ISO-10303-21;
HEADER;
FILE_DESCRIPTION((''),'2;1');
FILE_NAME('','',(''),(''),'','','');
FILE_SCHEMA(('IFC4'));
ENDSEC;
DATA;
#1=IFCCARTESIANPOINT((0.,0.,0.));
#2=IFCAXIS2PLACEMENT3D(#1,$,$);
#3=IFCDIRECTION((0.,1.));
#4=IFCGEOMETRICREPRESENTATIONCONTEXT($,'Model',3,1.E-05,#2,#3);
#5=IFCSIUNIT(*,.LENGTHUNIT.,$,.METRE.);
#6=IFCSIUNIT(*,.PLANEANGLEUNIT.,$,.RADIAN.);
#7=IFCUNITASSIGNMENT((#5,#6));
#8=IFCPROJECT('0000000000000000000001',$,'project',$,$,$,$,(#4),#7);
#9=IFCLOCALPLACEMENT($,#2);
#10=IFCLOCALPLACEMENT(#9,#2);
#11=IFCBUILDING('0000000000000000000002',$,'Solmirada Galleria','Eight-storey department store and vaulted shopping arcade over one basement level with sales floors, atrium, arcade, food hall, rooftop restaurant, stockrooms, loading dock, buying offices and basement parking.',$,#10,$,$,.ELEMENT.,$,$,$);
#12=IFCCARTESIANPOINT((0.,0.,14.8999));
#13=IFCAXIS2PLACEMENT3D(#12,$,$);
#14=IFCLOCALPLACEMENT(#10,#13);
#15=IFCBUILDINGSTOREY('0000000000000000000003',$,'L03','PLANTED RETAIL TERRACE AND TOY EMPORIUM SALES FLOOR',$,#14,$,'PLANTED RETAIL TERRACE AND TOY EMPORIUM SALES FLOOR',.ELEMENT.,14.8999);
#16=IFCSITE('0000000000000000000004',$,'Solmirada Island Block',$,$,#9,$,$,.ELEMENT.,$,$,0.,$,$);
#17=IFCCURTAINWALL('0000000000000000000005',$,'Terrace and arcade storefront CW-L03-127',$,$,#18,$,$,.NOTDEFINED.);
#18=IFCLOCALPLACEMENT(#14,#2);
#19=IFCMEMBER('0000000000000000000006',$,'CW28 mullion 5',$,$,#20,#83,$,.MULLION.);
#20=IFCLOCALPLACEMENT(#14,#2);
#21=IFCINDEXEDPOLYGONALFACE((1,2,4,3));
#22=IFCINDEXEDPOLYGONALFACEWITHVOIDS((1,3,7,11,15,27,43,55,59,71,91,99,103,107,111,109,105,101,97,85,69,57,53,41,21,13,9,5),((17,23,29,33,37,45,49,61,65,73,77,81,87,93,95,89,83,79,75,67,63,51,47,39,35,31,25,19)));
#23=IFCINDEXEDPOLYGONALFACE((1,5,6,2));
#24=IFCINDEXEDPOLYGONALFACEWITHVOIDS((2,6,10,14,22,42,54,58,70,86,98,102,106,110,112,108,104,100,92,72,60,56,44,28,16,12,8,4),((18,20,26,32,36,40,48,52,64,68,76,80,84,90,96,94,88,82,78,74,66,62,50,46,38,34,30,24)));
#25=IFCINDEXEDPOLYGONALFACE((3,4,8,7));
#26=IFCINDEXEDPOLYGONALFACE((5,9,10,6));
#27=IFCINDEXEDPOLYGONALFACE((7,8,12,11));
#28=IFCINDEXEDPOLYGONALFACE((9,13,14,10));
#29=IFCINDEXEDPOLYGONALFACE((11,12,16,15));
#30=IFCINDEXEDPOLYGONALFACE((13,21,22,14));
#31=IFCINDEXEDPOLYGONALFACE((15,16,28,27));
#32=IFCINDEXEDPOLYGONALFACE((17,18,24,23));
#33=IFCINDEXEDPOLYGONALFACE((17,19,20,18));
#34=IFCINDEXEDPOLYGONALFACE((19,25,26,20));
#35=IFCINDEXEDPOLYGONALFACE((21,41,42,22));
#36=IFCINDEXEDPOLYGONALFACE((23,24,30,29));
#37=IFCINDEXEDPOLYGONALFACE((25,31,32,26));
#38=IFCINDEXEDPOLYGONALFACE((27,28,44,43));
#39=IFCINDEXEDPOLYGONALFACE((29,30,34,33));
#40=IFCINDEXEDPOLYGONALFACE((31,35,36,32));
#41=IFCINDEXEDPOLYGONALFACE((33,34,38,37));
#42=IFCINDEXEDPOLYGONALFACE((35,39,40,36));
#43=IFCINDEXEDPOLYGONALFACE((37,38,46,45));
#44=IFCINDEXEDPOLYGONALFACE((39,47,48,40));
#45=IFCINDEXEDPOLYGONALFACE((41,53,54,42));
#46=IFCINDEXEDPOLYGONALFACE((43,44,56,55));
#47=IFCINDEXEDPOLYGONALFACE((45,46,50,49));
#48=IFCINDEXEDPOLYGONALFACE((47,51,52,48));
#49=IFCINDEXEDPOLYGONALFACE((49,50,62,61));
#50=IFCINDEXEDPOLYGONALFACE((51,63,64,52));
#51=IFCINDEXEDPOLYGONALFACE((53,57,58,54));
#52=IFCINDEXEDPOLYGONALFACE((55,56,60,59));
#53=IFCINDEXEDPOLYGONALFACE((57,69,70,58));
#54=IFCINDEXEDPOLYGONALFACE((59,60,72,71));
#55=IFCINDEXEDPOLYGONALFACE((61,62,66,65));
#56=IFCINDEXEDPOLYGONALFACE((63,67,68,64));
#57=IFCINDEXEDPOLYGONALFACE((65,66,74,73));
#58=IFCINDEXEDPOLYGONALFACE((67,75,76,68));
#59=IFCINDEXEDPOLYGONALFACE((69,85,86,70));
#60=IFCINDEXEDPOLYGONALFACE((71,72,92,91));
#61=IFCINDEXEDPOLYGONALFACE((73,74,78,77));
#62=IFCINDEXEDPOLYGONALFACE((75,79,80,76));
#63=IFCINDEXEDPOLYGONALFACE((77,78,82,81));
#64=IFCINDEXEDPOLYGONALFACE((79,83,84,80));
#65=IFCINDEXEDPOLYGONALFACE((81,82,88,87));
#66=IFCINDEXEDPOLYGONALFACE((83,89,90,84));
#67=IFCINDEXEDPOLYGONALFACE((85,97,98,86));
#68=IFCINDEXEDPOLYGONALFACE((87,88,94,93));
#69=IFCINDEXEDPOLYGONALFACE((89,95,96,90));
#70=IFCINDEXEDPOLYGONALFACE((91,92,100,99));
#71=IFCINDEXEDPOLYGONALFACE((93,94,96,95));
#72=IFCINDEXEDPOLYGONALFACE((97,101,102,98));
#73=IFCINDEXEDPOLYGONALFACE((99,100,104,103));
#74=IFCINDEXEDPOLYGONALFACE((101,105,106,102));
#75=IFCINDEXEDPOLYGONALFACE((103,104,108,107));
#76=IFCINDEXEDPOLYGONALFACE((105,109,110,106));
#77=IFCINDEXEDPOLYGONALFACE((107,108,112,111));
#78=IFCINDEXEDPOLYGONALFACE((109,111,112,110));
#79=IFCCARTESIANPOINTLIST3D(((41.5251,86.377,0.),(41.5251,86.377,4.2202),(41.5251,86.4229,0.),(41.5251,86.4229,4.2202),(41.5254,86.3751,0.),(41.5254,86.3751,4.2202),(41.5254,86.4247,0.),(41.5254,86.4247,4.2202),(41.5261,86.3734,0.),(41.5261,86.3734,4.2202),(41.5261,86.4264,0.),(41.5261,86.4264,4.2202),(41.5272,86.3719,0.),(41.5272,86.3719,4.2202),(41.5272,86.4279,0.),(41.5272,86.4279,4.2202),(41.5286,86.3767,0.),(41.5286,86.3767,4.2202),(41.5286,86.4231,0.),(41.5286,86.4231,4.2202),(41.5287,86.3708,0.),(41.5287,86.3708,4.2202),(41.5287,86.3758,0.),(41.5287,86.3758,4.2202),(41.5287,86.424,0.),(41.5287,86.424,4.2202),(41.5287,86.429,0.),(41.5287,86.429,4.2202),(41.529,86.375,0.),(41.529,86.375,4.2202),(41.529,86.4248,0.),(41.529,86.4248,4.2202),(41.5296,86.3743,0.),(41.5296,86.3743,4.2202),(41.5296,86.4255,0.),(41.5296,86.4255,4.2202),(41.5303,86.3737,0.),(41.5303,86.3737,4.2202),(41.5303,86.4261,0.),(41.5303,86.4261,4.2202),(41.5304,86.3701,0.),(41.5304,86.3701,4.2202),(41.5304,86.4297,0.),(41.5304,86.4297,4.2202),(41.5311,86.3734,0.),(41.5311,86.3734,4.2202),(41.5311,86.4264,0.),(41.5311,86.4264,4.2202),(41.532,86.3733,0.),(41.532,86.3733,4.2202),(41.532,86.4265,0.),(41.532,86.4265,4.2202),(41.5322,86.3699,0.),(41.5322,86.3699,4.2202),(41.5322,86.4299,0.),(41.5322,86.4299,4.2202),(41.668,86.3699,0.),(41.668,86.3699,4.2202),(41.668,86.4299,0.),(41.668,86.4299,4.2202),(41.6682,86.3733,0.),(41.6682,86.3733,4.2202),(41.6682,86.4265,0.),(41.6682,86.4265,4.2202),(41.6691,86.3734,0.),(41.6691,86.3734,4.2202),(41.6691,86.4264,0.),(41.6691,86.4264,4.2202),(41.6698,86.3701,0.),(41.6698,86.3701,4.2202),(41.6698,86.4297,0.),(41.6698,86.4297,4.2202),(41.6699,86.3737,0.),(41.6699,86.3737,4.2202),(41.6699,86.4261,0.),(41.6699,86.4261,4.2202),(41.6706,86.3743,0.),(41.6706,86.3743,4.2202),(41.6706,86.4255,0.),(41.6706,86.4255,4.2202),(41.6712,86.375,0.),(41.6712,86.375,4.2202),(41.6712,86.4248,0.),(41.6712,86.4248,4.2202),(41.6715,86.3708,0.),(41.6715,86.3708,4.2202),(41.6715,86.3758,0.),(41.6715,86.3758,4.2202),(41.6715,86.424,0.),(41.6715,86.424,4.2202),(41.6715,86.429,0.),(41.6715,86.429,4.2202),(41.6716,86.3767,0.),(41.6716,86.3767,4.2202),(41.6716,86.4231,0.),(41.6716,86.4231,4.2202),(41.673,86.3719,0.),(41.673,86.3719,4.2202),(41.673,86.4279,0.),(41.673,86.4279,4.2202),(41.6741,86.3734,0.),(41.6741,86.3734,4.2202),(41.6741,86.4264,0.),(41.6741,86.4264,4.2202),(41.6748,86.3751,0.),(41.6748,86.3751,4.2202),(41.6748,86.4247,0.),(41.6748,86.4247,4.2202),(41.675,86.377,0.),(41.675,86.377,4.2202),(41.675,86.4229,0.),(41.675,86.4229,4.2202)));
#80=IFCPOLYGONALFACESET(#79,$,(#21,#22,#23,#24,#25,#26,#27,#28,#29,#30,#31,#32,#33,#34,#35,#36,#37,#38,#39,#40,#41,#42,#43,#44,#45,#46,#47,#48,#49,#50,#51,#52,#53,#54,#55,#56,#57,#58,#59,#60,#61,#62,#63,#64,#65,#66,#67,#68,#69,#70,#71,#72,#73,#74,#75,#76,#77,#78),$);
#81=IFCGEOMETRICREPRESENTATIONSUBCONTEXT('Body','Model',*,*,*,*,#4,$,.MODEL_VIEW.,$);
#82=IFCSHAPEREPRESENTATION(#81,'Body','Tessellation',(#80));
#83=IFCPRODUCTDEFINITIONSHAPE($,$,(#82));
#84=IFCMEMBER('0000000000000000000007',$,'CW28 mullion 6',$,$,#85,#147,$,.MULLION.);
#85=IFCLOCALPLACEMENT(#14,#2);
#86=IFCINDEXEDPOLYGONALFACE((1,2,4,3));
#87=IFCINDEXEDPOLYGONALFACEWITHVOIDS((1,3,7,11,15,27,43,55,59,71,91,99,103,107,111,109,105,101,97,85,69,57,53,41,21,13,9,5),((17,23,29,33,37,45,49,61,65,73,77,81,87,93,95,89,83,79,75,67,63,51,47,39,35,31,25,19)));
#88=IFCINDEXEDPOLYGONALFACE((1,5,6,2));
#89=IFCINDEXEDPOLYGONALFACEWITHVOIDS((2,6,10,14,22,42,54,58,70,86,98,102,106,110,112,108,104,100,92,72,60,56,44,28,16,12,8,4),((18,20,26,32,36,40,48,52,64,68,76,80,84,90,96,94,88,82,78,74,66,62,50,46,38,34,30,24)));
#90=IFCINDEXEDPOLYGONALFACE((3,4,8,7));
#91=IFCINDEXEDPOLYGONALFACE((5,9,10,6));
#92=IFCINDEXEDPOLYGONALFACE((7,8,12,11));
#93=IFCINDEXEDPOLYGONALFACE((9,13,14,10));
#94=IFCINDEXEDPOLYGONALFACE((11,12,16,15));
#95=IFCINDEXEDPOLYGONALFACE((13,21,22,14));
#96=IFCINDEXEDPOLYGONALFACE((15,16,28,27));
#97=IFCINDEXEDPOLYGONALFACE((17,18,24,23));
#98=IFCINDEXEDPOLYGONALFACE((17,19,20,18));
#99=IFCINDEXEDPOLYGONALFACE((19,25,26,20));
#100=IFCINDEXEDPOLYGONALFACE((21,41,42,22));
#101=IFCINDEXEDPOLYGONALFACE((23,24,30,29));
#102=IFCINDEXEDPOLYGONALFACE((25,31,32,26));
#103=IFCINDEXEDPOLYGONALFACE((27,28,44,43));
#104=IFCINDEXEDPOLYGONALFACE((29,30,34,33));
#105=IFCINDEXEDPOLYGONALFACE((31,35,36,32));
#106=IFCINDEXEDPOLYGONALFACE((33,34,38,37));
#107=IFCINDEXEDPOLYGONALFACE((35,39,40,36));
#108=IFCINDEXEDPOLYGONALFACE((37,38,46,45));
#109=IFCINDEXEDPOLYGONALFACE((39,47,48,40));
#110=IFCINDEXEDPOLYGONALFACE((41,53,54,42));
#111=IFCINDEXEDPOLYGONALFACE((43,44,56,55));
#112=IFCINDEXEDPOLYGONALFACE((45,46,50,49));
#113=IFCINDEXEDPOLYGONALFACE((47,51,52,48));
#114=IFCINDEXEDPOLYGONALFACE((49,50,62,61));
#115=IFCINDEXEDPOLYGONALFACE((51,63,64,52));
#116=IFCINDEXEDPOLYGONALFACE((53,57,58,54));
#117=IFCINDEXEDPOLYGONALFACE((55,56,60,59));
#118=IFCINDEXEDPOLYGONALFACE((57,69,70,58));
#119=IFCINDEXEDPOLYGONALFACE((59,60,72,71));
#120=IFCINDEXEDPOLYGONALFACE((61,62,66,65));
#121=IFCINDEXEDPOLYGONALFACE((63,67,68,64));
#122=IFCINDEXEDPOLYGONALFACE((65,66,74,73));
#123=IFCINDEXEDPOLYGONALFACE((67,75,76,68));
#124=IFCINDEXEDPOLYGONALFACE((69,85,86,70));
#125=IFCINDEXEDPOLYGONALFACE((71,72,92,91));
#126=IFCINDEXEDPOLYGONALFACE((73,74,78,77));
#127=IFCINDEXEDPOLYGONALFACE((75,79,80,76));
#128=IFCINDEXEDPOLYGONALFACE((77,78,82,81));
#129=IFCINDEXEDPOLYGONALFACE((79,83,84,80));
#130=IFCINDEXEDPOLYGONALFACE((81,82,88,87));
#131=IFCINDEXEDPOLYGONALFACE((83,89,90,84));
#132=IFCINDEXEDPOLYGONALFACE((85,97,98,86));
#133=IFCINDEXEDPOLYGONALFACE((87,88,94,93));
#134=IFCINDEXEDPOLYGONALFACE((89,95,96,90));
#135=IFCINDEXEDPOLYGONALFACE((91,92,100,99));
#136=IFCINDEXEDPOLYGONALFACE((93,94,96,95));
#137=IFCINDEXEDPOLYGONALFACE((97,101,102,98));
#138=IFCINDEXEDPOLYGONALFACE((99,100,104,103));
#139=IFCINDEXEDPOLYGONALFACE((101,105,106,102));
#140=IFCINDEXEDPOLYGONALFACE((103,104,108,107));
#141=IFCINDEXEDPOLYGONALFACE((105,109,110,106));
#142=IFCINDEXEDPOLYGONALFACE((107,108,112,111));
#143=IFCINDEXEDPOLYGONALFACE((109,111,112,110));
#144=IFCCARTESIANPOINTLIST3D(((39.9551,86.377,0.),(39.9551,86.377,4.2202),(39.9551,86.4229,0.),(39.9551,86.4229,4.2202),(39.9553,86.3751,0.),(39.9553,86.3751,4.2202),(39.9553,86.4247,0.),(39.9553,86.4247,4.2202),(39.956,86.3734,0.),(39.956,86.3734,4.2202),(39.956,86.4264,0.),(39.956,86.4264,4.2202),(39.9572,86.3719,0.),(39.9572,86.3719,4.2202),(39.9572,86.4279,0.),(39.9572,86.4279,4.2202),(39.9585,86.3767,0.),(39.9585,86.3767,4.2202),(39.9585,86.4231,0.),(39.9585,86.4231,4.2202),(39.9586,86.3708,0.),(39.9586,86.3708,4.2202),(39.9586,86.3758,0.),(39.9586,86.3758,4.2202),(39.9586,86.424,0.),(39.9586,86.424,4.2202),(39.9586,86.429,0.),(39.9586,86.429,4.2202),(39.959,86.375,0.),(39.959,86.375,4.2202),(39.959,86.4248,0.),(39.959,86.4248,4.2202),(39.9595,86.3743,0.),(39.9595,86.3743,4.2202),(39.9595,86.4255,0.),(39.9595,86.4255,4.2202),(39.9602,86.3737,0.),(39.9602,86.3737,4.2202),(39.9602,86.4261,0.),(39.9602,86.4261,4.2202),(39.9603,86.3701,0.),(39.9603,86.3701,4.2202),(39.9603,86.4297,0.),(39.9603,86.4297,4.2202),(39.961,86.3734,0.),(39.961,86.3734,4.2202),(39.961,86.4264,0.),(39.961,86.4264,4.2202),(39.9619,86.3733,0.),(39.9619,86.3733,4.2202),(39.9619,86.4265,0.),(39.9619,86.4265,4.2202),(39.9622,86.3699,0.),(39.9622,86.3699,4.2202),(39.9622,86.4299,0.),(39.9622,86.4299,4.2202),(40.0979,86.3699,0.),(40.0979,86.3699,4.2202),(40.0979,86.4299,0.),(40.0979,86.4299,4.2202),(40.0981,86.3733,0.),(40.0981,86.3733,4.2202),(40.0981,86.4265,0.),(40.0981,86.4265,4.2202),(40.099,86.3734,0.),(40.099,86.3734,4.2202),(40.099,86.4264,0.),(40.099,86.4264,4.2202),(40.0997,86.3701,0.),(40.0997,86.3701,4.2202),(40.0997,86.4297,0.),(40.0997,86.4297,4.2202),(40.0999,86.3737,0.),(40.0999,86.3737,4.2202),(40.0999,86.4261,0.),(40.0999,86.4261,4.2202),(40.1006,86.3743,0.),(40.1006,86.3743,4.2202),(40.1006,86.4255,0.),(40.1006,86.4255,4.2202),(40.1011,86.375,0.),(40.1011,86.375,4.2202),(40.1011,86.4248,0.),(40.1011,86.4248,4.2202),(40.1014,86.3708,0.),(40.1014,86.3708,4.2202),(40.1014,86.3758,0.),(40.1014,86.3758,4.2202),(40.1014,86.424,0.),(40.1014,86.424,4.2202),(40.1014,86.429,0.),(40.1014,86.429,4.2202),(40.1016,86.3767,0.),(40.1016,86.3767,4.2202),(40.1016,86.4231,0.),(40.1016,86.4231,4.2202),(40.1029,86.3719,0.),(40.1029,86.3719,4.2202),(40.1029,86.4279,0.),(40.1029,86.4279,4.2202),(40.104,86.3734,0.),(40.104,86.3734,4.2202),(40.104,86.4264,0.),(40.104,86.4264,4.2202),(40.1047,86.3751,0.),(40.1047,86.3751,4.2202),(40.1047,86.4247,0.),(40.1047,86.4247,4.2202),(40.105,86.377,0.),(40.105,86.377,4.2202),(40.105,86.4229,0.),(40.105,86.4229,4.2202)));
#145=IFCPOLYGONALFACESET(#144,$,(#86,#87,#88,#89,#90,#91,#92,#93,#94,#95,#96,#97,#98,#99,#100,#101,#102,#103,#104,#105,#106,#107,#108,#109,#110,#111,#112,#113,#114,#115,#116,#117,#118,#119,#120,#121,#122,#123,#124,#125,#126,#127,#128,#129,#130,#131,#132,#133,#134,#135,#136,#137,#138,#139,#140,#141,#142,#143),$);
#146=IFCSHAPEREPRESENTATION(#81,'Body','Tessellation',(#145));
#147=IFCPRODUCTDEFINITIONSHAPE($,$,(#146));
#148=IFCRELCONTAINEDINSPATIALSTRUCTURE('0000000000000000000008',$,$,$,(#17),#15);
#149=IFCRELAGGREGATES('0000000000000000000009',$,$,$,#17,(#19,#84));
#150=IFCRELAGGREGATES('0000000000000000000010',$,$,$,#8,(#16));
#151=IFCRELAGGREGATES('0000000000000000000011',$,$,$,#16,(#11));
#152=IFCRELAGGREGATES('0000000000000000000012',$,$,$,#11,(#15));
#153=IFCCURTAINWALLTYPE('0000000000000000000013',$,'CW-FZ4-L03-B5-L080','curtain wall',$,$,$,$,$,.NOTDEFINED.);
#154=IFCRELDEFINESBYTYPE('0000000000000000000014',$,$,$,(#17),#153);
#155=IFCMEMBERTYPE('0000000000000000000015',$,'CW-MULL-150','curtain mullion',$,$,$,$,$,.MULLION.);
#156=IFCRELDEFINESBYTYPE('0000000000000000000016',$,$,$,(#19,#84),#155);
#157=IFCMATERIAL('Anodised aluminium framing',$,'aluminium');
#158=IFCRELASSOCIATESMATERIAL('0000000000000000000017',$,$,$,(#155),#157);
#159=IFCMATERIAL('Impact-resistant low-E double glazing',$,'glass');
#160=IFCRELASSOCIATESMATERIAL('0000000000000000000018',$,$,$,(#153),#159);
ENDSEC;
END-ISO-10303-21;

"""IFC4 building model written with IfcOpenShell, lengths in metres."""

from ifc_helpers import new_model, si_unit, direction, frame, origin, origin_2d, place, context, subcontext, project, spatial, hollow_rectangle, extrude, material, material_profile, profile_set, type_object, element, aggregate, save


model = new_model("IFC4")

# Units and contexts
model_context = context("Model", 3, precision=1e-05, world=origin(), true_north=direction((0.0, 1.0)))
body_context = subcontext(model_context, "Body", "Model", "MODEL_VIEW")
ifc_project = project(units=[si_unit("LENGTHUNIT", "METRE"), si_unit("PLANEANGLEUNIT", "RADIAN")], contexts=[model_context])

# Site, building, storey
site_placement = place(None, origin())
site = spatial("IfcSite", under=ifc_project, at=site_placement, Name="Solmirada Island Block", CompositionType="ELEMENT", RefElevation=0.0)
building_placement = place(site_placement, origin())
building = spatial("IfcBuilding", under=site, at=building_placement, Name="Solmirada Galleria", Description="Eight-storey department store and vaulted shopping arcade over one basement level with sales floors, atrium, arcade, food hall, rooftop restaurant, stockrooms, loading dock, buying offices and basement parking.", CompositionType="ELEMENT")
storey_placement = place(building_placement, frame((0.0, 0.0, 14.8999)))
storey = spatial("IfcBuildingStorey", under=building, at=storey_placement, Name="L03", Description="PLANTED RETAIL TERRACE AND TOY EMPORIUM SALES FLOOR", LongName="PLANTED RETAIL TERRACE AND TOY EMPORIUM SALES FLOOR", CompositionType="ELEMENT", Elevation=14.8999)

# Shared definitions
ifc_material_1 = material(Name="Impact-resistant low-E double glazing", Category="glass")
ifc_material_2 = material(Name="Anodised aluminium framing", Category="aluminium")
ifc_material_profile_1 = material_profile(ifc_material_2, hollow_rectangle(XDim=0.0601, YDim=0.1499, WallThickness=0.0034, InnerFilletRadius=0.0034, OuterFilletRadius=0.0071, at=origin_2d()), Name="ALU-MULL-150X60")
ifc_profile_set_1 = profile_set([ifc_material_profile_1], Name="Anodised aluminium framing")
member_type_1 = type_object("IfcMemberType", Name="CW-MULL-150", Description="curtain mullion", PredefinedType="MULLION", material=ifc_profile_set_1)

# Curtain wall, members
curtain_wall_type_1 = type_object("IfcCurtainWallType", Name="CW-FZ4-L03-B5-L080", Description="curtain wall", PredefinedType="NOTDEFINED", material=ifc_material_1)
curtain_wall_1_placement = place(storey_placement, origin())
curtain_wall_1 = element("IfcCurtainWall", 1, at=curtain_wall_1_placement, inside=storey, type_object=curtain_wall_type_1, Name="Terrace and arcade storefront CW-L03-127", PredefinedType="NOTDEFINED")
member_1_placement = place(storey_placement, frame((41.6001, 86.3999, 0.0), z_axis=(0.0, 0.0, 1.0), x_axis=(0.0, -1.0, 0.0)))
member_1 = element("IfcMember", 2, at=member_1_placement, type_object=member_type_1, Name="CW28 mullion 5", PredefinedType="MULLION", context=body_context, shape_type="SweptSolid", body=[
    extrude(hollow_rectangle(XDim=0.0601, YDim=0.1499, WallThickness=0.0034, InnerFilletRadius=0.0034, OuterFilletRadius=0.0071, at=origin_2d()), origin(), (0.0, 0.0, 1.0), 4.2202),
])
member_2_placement = place(storey_placement, frame((40.03, 86.3999, 0.0), z_axis=(0.0, 0.0, 1.0), x_axis=(0.0, -1.0, 0.0)))
member_2 = element("IfcMember", 3, at=member_2_placement, type_object=member_type_1, Name="CW28 mullion 6", PredefinedType="MULLION", context=body_context, shape_type="SweptSolid", body=[
    extrude(hollow_rectangle(XDim=0.0601, YDim=0.1499, WallThickness=0.0034, InnerFilletRadius=0.0034, OuterFilletRadius=0.0071, at=origin_2d()), origin(), (0.0, 0.0, 1.0), 4.2202),
])

aggregate(curtain_wall_1, [member_1, member_2])

save(model, "model.ifc")
